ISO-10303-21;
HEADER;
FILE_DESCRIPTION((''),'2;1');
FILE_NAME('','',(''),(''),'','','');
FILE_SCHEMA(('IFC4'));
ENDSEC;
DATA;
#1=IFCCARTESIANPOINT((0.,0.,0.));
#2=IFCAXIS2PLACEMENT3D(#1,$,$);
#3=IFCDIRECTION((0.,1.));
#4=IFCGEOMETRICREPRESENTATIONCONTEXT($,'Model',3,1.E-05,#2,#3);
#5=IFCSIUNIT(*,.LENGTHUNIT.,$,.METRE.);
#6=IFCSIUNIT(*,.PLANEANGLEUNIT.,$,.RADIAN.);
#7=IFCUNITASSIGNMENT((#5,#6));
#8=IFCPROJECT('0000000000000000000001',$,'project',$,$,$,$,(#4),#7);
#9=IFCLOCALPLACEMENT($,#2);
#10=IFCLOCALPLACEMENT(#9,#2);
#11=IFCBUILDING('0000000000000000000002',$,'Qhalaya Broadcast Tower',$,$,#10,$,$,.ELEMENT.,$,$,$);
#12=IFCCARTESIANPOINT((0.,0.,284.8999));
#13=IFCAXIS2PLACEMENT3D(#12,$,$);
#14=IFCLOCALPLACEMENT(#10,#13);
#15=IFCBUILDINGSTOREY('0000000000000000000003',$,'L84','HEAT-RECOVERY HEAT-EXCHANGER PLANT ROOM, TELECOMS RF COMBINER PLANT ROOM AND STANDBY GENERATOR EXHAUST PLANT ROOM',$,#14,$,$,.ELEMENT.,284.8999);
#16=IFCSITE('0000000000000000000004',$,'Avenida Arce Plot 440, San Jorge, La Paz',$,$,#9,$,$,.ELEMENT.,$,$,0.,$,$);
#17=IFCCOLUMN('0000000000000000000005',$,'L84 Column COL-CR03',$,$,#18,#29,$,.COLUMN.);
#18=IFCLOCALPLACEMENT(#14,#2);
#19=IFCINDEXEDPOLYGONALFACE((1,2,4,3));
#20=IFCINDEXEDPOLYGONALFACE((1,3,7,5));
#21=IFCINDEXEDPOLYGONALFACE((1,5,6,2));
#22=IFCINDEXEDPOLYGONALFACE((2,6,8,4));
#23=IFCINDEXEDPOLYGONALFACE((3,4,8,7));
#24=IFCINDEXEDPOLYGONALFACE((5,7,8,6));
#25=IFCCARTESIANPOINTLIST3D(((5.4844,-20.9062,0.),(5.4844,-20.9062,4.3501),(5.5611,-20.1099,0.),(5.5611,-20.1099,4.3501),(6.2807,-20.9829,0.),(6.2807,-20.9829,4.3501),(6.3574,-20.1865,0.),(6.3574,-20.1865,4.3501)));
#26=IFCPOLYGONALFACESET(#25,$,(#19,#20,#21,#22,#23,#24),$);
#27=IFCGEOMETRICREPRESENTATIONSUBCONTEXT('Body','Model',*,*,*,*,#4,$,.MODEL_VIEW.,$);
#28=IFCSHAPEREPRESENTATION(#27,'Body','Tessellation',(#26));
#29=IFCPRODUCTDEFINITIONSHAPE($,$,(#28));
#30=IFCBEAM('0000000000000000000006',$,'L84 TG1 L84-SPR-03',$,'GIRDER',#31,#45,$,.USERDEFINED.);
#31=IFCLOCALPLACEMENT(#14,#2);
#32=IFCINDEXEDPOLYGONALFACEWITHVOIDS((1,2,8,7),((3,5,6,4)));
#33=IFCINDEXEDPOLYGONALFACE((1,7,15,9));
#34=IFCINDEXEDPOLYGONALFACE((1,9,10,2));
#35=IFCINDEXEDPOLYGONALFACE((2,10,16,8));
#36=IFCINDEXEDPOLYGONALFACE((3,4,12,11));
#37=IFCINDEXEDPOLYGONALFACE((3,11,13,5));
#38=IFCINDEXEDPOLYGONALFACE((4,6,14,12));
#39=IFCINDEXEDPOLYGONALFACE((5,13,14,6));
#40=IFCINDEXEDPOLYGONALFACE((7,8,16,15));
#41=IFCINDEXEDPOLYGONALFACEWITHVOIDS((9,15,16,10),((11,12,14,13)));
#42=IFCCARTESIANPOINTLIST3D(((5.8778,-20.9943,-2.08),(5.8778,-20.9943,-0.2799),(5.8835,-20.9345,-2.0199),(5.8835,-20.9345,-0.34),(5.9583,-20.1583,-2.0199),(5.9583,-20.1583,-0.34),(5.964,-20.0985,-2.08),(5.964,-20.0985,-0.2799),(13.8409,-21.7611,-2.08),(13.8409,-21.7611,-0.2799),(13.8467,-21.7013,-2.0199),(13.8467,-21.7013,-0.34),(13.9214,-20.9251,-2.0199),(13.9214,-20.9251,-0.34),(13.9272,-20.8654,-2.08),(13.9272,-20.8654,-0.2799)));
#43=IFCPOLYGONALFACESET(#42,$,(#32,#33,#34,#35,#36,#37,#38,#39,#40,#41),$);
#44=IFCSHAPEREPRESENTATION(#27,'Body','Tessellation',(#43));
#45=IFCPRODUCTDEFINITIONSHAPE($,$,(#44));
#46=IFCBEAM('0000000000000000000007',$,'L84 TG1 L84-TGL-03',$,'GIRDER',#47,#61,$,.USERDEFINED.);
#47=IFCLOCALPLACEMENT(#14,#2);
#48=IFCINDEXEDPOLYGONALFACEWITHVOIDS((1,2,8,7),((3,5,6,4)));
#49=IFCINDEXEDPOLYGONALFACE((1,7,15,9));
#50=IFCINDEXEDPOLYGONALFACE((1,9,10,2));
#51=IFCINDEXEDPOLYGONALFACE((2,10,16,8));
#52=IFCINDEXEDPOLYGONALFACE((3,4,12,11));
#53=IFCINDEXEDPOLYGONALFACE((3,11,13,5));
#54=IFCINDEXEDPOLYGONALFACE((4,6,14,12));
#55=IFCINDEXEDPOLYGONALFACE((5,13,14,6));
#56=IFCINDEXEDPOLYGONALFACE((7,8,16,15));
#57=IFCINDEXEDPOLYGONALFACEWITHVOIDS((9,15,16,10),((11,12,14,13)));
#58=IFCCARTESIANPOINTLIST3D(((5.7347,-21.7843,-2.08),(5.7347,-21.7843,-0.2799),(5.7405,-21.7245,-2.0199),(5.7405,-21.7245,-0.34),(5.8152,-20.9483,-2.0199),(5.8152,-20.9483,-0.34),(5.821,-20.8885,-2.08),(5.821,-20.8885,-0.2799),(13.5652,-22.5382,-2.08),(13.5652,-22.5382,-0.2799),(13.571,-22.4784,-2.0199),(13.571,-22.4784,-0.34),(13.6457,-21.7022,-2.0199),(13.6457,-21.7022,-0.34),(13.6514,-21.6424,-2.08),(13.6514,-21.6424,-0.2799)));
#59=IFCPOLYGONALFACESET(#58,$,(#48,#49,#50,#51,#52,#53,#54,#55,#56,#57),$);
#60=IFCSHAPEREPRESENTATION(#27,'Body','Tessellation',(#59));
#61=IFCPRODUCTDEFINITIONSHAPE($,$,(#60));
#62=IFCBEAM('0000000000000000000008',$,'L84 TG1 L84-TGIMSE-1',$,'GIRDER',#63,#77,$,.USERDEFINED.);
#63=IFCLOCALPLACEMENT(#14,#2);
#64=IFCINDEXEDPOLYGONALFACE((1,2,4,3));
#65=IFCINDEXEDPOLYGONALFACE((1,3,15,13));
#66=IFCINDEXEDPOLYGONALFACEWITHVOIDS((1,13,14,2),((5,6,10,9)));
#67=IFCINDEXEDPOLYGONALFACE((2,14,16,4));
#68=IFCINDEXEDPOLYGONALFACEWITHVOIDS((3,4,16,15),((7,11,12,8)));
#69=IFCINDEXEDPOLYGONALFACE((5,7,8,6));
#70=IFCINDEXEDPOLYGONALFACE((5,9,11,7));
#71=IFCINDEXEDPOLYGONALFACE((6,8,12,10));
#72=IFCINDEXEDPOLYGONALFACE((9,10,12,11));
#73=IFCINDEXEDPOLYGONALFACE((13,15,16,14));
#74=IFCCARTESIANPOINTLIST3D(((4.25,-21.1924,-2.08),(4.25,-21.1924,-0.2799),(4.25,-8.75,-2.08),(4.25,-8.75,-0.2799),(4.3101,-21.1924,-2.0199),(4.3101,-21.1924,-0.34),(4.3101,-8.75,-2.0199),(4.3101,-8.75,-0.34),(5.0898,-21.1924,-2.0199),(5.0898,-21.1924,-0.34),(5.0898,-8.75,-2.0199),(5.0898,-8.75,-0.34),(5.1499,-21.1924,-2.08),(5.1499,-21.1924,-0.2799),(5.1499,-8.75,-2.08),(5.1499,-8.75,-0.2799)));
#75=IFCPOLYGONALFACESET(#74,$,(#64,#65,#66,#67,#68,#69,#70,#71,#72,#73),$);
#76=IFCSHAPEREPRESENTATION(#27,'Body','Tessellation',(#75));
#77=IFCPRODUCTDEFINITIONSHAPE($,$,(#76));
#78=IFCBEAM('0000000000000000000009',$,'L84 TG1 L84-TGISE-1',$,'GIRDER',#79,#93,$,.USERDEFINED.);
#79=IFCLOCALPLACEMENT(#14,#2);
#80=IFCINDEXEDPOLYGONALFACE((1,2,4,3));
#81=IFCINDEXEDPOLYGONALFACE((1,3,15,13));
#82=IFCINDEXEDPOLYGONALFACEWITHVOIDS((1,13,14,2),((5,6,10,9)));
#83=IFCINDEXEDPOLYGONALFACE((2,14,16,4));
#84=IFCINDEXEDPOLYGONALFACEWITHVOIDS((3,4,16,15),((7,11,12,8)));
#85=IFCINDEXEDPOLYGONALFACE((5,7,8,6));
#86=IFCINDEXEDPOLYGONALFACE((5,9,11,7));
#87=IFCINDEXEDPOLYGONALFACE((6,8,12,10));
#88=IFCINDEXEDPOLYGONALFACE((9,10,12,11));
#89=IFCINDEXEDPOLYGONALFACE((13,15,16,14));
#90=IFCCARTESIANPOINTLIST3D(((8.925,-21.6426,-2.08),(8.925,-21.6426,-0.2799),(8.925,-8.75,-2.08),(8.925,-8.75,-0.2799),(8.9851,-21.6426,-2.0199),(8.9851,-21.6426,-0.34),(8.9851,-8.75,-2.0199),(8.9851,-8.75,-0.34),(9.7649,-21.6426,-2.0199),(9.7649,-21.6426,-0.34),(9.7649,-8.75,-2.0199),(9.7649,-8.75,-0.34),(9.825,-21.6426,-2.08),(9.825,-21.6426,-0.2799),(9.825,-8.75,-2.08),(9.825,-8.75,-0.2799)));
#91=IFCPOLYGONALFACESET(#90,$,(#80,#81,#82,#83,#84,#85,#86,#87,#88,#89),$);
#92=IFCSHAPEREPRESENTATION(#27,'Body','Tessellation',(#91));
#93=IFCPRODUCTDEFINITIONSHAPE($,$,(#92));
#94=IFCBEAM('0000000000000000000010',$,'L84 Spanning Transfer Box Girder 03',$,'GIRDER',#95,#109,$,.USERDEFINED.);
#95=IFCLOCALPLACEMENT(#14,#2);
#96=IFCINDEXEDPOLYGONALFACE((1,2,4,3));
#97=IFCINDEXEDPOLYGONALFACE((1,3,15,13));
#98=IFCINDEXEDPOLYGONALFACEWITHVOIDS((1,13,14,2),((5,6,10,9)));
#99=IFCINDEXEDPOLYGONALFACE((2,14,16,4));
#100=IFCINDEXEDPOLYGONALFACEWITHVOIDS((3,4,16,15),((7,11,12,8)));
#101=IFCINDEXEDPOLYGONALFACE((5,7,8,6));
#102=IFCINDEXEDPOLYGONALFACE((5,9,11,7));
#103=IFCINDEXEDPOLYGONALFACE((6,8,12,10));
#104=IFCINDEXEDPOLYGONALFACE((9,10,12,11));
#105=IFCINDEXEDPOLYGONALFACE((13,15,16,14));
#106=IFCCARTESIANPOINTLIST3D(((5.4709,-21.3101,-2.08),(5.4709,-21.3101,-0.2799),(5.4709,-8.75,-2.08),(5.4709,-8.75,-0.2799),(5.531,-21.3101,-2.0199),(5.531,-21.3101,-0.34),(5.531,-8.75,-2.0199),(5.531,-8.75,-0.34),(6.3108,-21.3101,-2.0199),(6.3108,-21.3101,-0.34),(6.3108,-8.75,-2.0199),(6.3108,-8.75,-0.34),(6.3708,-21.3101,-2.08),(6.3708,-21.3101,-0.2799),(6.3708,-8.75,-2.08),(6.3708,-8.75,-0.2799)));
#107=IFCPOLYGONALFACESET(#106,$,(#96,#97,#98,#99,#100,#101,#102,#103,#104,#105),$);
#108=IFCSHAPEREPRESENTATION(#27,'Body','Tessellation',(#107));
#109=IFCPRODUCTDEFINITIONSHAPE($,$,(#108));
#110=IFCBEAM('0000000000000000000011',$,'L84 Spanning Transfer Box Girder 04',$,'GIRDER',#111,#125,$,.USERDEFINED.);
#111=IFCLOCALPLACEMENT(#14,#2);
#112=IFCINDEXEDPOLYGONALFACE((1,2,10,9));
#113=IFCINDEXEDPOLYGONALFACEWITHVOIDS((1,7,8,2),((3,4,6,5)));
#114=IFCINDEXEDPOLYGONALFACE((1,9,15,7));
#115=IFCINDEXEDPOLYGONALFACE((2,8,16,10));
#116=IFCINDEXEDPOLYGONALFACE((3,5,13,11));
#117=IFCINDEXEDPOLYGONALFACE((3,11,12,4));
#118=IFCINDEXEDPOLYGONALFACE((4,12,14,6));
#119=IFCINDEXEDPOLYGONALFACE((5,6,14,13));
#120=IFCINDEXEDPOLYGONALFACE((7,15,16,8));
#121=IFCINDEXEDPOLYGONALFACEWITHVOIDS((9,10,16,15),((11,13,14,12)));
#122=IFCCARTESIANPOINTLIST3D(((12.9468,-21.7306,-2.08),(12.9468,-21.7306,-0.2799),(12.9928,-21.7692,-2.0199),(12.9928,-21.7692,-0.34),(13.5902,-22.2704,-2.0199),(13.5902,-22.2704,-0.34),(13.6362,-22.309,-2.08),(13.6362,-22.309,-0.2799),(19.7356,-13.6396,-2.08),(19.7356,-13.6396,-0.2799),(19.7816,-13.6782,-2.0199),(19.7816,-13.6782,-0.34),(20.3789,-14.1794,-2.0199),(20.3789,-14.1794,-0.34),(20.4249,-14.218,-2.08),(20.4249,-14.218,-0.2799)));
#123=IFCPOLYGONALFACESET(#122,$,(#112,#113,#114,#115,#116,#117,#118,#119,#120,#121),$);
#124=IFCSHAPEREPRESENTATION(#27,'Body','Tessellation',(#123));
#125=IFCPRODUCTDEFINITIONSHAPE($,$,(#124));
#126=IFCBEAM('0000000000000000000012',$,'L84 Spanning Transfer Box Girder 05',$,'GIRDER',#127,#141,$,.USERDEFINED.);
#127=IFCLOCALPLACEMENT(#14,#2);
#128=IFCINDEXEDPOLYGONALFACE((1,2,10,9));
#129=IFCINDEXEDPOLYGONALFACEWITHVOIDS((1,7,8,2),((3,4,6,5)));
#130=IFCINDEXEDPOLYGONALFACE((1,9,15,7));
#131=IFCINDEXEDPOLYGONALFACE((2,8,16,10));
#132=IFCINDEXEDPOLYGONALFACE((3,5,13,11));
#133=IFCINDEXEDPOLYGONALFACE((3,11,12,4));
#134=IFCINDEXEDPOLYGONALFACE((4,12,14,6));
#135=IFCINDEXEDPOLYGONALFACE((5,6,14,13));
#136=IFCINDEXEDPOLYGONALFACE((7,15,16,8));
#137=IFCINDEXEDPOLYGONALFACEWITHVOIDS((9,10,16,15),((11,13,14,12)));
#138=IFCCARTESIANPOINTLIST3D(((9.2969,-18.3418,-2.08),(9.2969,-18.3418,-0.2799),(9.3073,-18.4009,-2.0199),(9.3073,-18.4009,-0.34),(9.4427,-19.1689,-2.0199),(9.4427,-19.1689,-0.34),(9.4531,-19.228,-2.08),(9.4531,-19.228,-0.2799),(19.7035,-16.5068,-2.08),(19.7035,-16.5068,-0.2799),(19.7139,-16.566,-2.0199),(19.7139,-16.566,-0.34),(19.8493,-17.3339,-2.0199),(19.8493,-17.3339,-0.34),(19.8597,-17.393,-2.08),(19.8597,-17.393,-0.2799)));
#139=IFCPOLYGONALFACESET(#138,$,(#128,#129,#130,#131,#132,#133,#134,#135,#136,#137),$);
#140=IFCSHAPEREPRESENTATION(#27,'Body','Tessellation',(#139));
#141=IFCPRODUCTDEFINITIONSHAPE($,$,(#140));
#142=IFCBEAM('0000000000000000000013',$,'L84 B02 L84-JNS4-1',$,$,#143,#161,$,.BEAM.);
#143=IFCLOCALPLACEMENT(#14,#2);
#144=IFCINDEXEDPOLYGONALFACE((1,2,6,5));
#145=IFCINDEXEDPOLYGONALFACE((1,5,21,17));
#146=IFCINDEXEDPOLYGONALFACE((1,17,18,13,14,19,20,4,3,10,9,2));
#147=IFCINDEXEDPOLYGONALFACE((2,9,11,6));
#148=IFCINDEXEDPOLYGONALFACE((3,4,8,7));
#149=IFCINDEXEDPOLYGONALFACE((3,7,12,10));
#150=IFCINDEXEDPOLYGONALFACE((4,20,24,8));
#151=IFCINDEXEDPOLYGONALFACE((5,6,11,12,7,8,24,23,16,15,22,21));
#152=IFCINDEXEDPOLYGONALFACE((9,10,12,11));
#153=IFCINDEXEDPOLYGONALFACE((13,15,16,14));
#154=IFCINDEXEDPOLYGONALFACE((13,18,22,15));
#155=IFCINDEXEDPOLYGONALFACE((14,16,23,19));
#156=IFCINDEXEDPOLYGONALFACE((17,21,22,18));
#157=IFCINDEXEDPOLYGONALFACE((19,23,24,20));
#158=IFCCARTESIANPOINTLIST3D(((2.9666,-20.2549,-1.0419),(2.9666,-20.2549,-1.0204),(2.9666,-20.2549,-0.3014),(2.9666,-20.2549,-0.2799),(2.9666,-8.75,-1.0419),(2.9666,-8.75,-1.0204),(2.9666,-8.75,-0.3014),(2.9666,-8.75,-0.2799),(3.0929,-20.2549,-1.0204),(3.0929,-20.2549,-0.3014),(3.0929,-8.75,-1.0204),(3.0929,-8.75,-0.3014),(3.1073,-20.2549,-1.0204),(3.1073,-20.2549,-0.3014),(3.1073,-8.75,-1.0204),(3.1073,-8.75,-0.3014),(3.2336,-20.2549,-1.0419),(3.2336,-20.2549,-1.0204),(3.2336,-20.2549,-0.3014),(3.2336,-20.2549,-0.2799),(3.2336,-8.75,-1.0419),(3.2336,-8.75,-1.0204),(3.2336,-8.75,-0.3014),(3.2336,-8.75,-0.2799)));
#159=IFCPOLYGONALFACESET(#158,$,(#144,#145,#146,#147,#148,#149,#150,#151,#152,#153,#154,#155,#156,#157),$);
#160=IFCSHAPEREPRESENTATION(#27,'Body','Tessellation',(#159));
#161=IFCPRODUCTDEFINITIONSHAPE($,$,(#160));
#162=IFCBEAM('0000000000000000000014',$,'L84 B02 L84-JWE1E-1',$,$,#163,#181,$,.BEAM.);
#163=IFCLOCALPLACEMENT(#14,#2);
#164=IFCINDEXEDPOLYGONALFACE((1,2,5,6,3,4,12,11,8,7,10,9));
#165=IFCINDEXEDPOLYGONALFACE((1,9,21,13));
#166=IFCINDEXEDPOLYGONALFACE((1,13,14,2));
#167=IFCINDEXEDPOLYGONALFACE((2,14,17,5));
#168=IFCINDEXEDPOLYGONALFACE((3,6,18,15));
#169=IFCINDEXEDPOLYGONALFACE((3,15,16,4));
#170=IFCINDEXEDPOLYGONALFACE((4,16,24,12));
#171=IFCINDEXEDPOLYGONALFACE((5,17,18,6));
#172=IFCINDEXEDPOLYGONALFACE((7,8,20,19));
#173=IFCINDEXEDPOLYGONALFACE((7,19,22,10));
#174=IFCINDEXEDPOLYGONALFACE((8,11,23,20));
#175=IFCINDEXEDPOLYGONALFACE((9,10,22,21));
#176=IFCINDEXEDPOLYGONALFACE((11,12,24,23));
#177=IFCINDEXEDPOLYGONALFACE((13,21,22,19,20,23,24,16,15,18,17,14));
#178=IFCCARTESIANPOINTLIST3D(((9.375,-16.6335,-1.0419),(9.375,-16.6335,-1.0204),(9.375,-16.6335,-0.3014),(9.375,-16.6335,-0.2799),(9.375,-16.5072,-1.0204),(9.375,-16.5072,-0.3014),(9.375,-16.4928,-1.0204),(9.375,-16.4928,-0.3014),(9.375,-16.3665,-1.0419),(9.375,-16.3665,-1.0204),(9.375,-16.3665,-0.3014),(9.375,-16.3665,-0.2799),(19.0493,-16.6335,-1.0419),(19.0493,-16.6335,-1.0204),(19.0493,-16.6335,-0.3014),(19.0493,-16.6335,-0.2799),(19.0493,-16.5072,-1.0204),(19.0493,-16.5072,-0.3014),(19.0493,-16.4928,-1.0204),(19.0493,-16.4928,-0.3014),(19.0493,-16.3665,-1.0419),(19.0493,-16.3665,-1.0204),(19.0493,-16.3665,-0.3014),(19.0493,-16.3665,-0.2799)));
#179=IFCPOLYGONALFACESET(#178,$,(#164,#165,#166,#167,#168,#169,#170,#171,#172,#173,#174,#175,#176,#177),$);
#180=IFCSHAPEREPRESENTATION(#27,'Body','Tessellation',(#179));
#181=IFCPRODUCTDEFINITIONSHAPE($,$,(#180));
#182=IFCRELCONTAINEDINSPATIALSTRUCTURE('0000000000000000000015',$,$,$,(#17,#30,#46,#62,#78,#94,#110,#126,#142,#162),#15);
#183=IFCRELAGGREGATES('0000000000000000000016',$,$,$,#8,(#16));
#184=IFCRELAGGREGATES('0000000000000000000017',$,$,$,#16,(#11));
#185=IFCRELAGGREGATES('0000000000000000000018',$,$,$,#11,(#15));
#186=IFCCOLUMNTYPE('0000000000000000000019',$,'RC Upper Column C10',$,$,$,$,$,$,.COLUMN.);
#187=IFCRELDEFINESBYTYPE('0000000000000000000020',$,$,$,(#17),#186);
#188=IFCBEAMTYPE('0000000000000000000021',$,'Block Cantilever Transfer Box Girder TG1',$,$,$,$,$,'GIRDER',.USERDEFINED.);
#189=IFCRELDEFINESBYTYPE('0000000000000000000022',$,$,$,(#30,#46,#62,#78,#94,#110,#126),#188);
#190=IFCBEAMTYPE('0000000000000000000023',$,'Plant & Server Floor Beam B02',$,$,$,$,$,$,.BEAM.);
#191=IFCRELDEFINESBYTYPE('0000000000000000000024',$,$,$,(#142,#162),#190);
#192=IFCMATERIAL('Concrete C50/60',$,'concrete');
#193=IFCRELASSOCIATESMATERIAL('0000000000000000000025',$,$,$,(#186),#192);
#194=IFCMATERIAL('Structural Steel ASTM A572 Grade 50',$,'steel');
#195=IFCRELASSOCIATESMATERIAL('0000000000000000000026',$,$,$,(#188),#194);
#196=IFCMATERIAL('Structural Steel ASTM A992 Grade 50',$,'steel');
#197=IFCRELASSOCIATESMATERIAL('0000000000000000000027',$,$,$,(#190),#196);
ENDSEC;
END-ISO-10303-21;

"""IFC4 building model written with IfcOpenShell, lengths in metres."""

from ifc_helpers import new_model, si_unit, direction, frame, origin, origin_2d, place, context, subcontext, project, spatial, rectangle, hollow_rectangle, i_section, extrude, material, material_profile, profile_set, type_object, element, save


model = new_model("IFC4")

# Units and contexts
model_context = context("Model", 3, precision=1e-05, world=origin(), true_north=direction((0.0, 1.0)))
body_context = subcontext(model_context, "Body", "Model", "MODEL_VIEW")
ifc_project = project(units=[si_unit("LENGTHUNIT", "METRE"), si_unit("PLANEANGLEUNIT", "RADIAN")], contexts=[model_context])

# Site, building, storey
site_placement = place(None, origin())
site = spatial("IfcSite", under=ifc_project, at=site_placement, Name="Avenida Arce Plot 440, San Jorge, La Paz", CompositionType="ELEMENT", RefElevation=0.0)
building_placement = place(site_placement, origin())
building = spatial("IfcBuilding", under=site, at=building_placement, Name="Qhalaya Broadcast Tower", CompositionType="ELEMENT")
storey_placement = place(building_placement, frame((0.0, 0.0, 284.8999)))
storey = spatial("IfcBuildingStorey", under=building, at=storey_placement, Name="L84", Description="HEAT-RECOVERY HEAT-EXCHANGER PLANT ROOM, TELECOMS RF COMBINER PLANT ROOM AND STANDBY GENERATOR EXHAUST PLANT ROOM", CompositionType="ELEMENT", Elevation=284.8999)

# Column
ifc_material_1 = material(Name="Concrete C50/60", Category="concrete")
ifc_material_profile_1 = material_profile(ifc_material_1, rectangle(XDim=0.8, YDim=0.8, at=origin_2d()), Name="RC-COL 800x800")
ifc_profile_set_1 = profile_set([ifc_material_profile_1], Name="Concrete C50/60")
column_type = type_object("IfcColumnType", Name="RC Upper Column C10", PredefinedType="COLUMN", material=ifc_profile_set_1)
column_placement = place(storey_placement, frame((5.9209, -20.5464, 0.0), z_axis=(0.0, 0.0, 1.0), x_axis=(0.995396, -0.095846, 0.0)))
element("IfcColumn", 1, at=column_placement, inside=storey, type_object=column_type, Name="L84 Column COL-CR03", PredefinedType="COLUMN", context=body_context, shape_type="SweptSolid", body=[
    extrude(rectangle(XDim=0.8, YDim=0.8, at=origin_2d()), origin(), (0.0, 0.0, 1.0), 4.3501),
])

# Beams
ifc_material_2 = material(Name="Structural Steel ASTM A572 Grade 50", Category="steel")
ifc_material_profile_2 = material_profile(ifc_material_2, hollow_rectangle(XDim=0.8999, YDim=1.8, WallThickness=0.0601, at=origin_2d()), Name="BOX 900x1800x60")
ifc_profile_set_2 = profile_set([ifc_material_profile_2], Name="Structural Steel ASTM A572 Grade 50")
beam_type_1 = type_object("IfcBeamType", Name="Block Cantilever Transfer Box Girder TG1", ElementType="GIRDER", PredefinedType="USERDEFINED", material=ifc_profile_set_2)
beam_1_placement = place(storey_placement, frame((5.9209, -20.5464, -1.1799), z_axis=(0.995395, -0.095856, 0.0), x_axis=(0.095856, 0.995395, 0.0)))
element("IfcBeam", 2, at=beam_1_placement, inside=storey, type_object=beam_type_1, Name="L84 TG1 L84-SPR-03", ObjectType="GIRDER", PredefinedType="USERDEFINED", context=body_context, shape_type="SweptSolid", body=[
    extrude(hollow_rectangle(XDim=0.8999, YDim=1.8, WallThickness=0.0601, at=origin_2d()), origin(), (0.0, 0.0, 1.0), 8.0),
])
beam_2_placement = place(storey_placement, frame((5.7778, -21.3364, -1.1799), z_axis=(0.995397, -0.095834, 0.0), x_axis=(0.095834, 0.995397, 0.0)))
element("IfcBeam", 3, at=beam_2_placement, inside=storey, type_object=beam_type_1, Name="L84 TG1 L84-TGL-03", ObjectType="GIRDER", PredefinedType="USERDEFINED", context=body_context, shape_type="SweptSolid", body=[
    extrude(hollow_rectangle(XDim=0.8999, YDim=1.8, WallThickness=0.0601, at=origin_2d()), origin(), (0.0, 0.0, 1.0), 7.8667),
])
beam_3_placement = place(storey_placement, frame((4.7, -21.1924, -1.1799), z_axis=(0.0, 1.0, 0.0), x_axis=(-1.0, 0.0, 0.0)))
element("IfcBeam", 4, at=beam_3_placement, inside=storey, type_object=beam_type_1, Name="L84 TG1 L84-TGIMSE-1", ObjectType="GIRDER", PredefinedType="USERDEFINED", context=body_context, shape_type="SweptSolid", body=[
    extrude(hollow_rectangle(XDim=0.8999, YDim=1.8, WallThickness=0.0601, at=origin_2d()), origin(), (0.0, 0.0, 1.0), 12.4424),
])
beam_4_placement = place(storey_placement, frame((9.375, -21.6426, -1.1799), z_axis=(0.0, 1.0, 0.0), x_axis=(-1.0, 0.0, 0.0)))
element("IfcBeam", 5, at=beam_4_placement, inside=storey, type_object=beam_type_1, Name="L84 TG1 L84-TGISE-1", ObjectType="GIRDER", PredefinedType="USERDEFINED", context=body_context, shape_type="SweptSolid", body=[
    extrude(hollow_rectangle(XDim=0.8999, YDim=1.8, WallThickness=0.0601, at=origin_2d()), origin(), (0.0, 0.0, 1.0), 12.8926),
])
beam_5_placement = place(storey_placement, frame((5.9209, -21.3101, -1.1799), z_axis=(0.0, 1.0, 0.0), x_axis=(-1.0, 0.0, 0.0)))
element("IfcBeam", 6, at=beam_5_placement, inside=storey, type_object=beam_type_1, Name="L84 Spanning Transfer Box Girder 03", ObjectType="GIRDER", PredefinedType="USERDEFINED", context=body_context, shape_type="SweptSolid", body=[
    extrude(hollow_rectangle(XDim=0.8999, YDim=1.8, WallThickness=0.0601, at=origin_2d()), origin(), (0.0, 0.0, 1.0), 12.5601),
])
beam_6_placement = place(storey_placement, frame((13.2915, -22.0198, -1.1799), z_axis=(0.642766, 0.766063, 0.0), x_axis=(-0.766063, 0.642766, 0.0)))
element("IfcBeam", 7, at=beam_6_placement, inside=storey, type_object=beam_type_1, Name="L84 Spanning Transfer Box Girder 04", ObjectType="GIRDER", PredefinedType="USERDEFINED", context=body_context, shape_type="SweptSolid", body=[
    extrude(hollow_rectangle(XDim=0.8999, YDim=1.8, WallThickness=0.0601, at=origin_2d()), origin(), (0.0, 0.0, 1.0), 10.5618),
])
beam_7_placement = place(storey_placement, frame((9.375, -18.7849, -1.1799), z_axis=(0.984808, 0.17365, 0.0), x_axis=(-0.17365, 0.984808, 0.0)))
element("IfcBeam", 8, at=beam_7_placement, inside=storey, type_object=beam_type_1, Name="L84 Spanning Transfer Box Girder 05", ObjectType="GIRDER", PredefinedType="USERDEFINED", context=body_context, shape_type="SweptSolid", body=[
    extrude(hollow_rectangle(XDim=0.8999, YDim=1.8, WallThickness=0.0601, at=origin_2d()), origin(), (0.0, 0.0, 1.0), 10.5671),
])
ifc_material_3 = material(Name="Structural Steel ASTM A992 Grade 50", Category="steel")
ifc_material_profile_3 = material_profile(ifc_material_3, i_section(OverallWidth=0.2671, OverallDepth=0.762, WebThickness=0.0144, FlangeThickness=0.0215, at=origin_2d()), Name="W30X116")
ifc_profile_set_3 = profile_set([ifc_material_profile_3], Name="Structural Steel ASTM A992 Grade 50")
beam_type_2 = type_object("IfcBeamType", Name="Plant & Server Floor Beam B02", PredefinedType="BEAM", material=ifc_profile_set_3)
beam_8_placement = place(storey_placement, frame((3.1001, -20.2549, -0.6609), z_axis=(0.0, 1.0, 0.0), x_axis=(-1.0, 0.0, 0.0)))
element("IfcBeam", 9, at=beam_8_placement, inside=storey, type_object=beam_type_2, Name="L84 B02 L84-JNS4-1", PredefinedType="BEAM", context=body_context, shape_type="SweptSolid", body=[
    extrude(i_section(OverallWidth=0.2671, OverallDepth=0.762, WebThickness=0.0144, FlangeThickness=0.0215, at=origin_2d()), origin(), (0.0, 0.0, 1.0), 11.5049),
])
beam_9_placement = place(storey_placement, frame((9.375, -16.5, -0.6609), z_axis=(1.0, 0.0, 0.0), x_axis=(0.0, 1.0, 0.0)))
element("IfcBeam", 10, at=beam_9_placement, inside=storey, type_object=beam_type_2, Name="L84 B02 L84-JWE1E-1", PredefinedType="BEAM", context=body_context, shape_type="SweptSolid", body=[
    extrude(i_section(OverallWidth=0.2671, OverallDepth=0.762, WebThickness=0.0144, FlangeThickness=0.0215, at=origin_2d()), origin(), (0.0, 0.0, 1.0), 9.6743),
])

save(model, "model.ifc")
